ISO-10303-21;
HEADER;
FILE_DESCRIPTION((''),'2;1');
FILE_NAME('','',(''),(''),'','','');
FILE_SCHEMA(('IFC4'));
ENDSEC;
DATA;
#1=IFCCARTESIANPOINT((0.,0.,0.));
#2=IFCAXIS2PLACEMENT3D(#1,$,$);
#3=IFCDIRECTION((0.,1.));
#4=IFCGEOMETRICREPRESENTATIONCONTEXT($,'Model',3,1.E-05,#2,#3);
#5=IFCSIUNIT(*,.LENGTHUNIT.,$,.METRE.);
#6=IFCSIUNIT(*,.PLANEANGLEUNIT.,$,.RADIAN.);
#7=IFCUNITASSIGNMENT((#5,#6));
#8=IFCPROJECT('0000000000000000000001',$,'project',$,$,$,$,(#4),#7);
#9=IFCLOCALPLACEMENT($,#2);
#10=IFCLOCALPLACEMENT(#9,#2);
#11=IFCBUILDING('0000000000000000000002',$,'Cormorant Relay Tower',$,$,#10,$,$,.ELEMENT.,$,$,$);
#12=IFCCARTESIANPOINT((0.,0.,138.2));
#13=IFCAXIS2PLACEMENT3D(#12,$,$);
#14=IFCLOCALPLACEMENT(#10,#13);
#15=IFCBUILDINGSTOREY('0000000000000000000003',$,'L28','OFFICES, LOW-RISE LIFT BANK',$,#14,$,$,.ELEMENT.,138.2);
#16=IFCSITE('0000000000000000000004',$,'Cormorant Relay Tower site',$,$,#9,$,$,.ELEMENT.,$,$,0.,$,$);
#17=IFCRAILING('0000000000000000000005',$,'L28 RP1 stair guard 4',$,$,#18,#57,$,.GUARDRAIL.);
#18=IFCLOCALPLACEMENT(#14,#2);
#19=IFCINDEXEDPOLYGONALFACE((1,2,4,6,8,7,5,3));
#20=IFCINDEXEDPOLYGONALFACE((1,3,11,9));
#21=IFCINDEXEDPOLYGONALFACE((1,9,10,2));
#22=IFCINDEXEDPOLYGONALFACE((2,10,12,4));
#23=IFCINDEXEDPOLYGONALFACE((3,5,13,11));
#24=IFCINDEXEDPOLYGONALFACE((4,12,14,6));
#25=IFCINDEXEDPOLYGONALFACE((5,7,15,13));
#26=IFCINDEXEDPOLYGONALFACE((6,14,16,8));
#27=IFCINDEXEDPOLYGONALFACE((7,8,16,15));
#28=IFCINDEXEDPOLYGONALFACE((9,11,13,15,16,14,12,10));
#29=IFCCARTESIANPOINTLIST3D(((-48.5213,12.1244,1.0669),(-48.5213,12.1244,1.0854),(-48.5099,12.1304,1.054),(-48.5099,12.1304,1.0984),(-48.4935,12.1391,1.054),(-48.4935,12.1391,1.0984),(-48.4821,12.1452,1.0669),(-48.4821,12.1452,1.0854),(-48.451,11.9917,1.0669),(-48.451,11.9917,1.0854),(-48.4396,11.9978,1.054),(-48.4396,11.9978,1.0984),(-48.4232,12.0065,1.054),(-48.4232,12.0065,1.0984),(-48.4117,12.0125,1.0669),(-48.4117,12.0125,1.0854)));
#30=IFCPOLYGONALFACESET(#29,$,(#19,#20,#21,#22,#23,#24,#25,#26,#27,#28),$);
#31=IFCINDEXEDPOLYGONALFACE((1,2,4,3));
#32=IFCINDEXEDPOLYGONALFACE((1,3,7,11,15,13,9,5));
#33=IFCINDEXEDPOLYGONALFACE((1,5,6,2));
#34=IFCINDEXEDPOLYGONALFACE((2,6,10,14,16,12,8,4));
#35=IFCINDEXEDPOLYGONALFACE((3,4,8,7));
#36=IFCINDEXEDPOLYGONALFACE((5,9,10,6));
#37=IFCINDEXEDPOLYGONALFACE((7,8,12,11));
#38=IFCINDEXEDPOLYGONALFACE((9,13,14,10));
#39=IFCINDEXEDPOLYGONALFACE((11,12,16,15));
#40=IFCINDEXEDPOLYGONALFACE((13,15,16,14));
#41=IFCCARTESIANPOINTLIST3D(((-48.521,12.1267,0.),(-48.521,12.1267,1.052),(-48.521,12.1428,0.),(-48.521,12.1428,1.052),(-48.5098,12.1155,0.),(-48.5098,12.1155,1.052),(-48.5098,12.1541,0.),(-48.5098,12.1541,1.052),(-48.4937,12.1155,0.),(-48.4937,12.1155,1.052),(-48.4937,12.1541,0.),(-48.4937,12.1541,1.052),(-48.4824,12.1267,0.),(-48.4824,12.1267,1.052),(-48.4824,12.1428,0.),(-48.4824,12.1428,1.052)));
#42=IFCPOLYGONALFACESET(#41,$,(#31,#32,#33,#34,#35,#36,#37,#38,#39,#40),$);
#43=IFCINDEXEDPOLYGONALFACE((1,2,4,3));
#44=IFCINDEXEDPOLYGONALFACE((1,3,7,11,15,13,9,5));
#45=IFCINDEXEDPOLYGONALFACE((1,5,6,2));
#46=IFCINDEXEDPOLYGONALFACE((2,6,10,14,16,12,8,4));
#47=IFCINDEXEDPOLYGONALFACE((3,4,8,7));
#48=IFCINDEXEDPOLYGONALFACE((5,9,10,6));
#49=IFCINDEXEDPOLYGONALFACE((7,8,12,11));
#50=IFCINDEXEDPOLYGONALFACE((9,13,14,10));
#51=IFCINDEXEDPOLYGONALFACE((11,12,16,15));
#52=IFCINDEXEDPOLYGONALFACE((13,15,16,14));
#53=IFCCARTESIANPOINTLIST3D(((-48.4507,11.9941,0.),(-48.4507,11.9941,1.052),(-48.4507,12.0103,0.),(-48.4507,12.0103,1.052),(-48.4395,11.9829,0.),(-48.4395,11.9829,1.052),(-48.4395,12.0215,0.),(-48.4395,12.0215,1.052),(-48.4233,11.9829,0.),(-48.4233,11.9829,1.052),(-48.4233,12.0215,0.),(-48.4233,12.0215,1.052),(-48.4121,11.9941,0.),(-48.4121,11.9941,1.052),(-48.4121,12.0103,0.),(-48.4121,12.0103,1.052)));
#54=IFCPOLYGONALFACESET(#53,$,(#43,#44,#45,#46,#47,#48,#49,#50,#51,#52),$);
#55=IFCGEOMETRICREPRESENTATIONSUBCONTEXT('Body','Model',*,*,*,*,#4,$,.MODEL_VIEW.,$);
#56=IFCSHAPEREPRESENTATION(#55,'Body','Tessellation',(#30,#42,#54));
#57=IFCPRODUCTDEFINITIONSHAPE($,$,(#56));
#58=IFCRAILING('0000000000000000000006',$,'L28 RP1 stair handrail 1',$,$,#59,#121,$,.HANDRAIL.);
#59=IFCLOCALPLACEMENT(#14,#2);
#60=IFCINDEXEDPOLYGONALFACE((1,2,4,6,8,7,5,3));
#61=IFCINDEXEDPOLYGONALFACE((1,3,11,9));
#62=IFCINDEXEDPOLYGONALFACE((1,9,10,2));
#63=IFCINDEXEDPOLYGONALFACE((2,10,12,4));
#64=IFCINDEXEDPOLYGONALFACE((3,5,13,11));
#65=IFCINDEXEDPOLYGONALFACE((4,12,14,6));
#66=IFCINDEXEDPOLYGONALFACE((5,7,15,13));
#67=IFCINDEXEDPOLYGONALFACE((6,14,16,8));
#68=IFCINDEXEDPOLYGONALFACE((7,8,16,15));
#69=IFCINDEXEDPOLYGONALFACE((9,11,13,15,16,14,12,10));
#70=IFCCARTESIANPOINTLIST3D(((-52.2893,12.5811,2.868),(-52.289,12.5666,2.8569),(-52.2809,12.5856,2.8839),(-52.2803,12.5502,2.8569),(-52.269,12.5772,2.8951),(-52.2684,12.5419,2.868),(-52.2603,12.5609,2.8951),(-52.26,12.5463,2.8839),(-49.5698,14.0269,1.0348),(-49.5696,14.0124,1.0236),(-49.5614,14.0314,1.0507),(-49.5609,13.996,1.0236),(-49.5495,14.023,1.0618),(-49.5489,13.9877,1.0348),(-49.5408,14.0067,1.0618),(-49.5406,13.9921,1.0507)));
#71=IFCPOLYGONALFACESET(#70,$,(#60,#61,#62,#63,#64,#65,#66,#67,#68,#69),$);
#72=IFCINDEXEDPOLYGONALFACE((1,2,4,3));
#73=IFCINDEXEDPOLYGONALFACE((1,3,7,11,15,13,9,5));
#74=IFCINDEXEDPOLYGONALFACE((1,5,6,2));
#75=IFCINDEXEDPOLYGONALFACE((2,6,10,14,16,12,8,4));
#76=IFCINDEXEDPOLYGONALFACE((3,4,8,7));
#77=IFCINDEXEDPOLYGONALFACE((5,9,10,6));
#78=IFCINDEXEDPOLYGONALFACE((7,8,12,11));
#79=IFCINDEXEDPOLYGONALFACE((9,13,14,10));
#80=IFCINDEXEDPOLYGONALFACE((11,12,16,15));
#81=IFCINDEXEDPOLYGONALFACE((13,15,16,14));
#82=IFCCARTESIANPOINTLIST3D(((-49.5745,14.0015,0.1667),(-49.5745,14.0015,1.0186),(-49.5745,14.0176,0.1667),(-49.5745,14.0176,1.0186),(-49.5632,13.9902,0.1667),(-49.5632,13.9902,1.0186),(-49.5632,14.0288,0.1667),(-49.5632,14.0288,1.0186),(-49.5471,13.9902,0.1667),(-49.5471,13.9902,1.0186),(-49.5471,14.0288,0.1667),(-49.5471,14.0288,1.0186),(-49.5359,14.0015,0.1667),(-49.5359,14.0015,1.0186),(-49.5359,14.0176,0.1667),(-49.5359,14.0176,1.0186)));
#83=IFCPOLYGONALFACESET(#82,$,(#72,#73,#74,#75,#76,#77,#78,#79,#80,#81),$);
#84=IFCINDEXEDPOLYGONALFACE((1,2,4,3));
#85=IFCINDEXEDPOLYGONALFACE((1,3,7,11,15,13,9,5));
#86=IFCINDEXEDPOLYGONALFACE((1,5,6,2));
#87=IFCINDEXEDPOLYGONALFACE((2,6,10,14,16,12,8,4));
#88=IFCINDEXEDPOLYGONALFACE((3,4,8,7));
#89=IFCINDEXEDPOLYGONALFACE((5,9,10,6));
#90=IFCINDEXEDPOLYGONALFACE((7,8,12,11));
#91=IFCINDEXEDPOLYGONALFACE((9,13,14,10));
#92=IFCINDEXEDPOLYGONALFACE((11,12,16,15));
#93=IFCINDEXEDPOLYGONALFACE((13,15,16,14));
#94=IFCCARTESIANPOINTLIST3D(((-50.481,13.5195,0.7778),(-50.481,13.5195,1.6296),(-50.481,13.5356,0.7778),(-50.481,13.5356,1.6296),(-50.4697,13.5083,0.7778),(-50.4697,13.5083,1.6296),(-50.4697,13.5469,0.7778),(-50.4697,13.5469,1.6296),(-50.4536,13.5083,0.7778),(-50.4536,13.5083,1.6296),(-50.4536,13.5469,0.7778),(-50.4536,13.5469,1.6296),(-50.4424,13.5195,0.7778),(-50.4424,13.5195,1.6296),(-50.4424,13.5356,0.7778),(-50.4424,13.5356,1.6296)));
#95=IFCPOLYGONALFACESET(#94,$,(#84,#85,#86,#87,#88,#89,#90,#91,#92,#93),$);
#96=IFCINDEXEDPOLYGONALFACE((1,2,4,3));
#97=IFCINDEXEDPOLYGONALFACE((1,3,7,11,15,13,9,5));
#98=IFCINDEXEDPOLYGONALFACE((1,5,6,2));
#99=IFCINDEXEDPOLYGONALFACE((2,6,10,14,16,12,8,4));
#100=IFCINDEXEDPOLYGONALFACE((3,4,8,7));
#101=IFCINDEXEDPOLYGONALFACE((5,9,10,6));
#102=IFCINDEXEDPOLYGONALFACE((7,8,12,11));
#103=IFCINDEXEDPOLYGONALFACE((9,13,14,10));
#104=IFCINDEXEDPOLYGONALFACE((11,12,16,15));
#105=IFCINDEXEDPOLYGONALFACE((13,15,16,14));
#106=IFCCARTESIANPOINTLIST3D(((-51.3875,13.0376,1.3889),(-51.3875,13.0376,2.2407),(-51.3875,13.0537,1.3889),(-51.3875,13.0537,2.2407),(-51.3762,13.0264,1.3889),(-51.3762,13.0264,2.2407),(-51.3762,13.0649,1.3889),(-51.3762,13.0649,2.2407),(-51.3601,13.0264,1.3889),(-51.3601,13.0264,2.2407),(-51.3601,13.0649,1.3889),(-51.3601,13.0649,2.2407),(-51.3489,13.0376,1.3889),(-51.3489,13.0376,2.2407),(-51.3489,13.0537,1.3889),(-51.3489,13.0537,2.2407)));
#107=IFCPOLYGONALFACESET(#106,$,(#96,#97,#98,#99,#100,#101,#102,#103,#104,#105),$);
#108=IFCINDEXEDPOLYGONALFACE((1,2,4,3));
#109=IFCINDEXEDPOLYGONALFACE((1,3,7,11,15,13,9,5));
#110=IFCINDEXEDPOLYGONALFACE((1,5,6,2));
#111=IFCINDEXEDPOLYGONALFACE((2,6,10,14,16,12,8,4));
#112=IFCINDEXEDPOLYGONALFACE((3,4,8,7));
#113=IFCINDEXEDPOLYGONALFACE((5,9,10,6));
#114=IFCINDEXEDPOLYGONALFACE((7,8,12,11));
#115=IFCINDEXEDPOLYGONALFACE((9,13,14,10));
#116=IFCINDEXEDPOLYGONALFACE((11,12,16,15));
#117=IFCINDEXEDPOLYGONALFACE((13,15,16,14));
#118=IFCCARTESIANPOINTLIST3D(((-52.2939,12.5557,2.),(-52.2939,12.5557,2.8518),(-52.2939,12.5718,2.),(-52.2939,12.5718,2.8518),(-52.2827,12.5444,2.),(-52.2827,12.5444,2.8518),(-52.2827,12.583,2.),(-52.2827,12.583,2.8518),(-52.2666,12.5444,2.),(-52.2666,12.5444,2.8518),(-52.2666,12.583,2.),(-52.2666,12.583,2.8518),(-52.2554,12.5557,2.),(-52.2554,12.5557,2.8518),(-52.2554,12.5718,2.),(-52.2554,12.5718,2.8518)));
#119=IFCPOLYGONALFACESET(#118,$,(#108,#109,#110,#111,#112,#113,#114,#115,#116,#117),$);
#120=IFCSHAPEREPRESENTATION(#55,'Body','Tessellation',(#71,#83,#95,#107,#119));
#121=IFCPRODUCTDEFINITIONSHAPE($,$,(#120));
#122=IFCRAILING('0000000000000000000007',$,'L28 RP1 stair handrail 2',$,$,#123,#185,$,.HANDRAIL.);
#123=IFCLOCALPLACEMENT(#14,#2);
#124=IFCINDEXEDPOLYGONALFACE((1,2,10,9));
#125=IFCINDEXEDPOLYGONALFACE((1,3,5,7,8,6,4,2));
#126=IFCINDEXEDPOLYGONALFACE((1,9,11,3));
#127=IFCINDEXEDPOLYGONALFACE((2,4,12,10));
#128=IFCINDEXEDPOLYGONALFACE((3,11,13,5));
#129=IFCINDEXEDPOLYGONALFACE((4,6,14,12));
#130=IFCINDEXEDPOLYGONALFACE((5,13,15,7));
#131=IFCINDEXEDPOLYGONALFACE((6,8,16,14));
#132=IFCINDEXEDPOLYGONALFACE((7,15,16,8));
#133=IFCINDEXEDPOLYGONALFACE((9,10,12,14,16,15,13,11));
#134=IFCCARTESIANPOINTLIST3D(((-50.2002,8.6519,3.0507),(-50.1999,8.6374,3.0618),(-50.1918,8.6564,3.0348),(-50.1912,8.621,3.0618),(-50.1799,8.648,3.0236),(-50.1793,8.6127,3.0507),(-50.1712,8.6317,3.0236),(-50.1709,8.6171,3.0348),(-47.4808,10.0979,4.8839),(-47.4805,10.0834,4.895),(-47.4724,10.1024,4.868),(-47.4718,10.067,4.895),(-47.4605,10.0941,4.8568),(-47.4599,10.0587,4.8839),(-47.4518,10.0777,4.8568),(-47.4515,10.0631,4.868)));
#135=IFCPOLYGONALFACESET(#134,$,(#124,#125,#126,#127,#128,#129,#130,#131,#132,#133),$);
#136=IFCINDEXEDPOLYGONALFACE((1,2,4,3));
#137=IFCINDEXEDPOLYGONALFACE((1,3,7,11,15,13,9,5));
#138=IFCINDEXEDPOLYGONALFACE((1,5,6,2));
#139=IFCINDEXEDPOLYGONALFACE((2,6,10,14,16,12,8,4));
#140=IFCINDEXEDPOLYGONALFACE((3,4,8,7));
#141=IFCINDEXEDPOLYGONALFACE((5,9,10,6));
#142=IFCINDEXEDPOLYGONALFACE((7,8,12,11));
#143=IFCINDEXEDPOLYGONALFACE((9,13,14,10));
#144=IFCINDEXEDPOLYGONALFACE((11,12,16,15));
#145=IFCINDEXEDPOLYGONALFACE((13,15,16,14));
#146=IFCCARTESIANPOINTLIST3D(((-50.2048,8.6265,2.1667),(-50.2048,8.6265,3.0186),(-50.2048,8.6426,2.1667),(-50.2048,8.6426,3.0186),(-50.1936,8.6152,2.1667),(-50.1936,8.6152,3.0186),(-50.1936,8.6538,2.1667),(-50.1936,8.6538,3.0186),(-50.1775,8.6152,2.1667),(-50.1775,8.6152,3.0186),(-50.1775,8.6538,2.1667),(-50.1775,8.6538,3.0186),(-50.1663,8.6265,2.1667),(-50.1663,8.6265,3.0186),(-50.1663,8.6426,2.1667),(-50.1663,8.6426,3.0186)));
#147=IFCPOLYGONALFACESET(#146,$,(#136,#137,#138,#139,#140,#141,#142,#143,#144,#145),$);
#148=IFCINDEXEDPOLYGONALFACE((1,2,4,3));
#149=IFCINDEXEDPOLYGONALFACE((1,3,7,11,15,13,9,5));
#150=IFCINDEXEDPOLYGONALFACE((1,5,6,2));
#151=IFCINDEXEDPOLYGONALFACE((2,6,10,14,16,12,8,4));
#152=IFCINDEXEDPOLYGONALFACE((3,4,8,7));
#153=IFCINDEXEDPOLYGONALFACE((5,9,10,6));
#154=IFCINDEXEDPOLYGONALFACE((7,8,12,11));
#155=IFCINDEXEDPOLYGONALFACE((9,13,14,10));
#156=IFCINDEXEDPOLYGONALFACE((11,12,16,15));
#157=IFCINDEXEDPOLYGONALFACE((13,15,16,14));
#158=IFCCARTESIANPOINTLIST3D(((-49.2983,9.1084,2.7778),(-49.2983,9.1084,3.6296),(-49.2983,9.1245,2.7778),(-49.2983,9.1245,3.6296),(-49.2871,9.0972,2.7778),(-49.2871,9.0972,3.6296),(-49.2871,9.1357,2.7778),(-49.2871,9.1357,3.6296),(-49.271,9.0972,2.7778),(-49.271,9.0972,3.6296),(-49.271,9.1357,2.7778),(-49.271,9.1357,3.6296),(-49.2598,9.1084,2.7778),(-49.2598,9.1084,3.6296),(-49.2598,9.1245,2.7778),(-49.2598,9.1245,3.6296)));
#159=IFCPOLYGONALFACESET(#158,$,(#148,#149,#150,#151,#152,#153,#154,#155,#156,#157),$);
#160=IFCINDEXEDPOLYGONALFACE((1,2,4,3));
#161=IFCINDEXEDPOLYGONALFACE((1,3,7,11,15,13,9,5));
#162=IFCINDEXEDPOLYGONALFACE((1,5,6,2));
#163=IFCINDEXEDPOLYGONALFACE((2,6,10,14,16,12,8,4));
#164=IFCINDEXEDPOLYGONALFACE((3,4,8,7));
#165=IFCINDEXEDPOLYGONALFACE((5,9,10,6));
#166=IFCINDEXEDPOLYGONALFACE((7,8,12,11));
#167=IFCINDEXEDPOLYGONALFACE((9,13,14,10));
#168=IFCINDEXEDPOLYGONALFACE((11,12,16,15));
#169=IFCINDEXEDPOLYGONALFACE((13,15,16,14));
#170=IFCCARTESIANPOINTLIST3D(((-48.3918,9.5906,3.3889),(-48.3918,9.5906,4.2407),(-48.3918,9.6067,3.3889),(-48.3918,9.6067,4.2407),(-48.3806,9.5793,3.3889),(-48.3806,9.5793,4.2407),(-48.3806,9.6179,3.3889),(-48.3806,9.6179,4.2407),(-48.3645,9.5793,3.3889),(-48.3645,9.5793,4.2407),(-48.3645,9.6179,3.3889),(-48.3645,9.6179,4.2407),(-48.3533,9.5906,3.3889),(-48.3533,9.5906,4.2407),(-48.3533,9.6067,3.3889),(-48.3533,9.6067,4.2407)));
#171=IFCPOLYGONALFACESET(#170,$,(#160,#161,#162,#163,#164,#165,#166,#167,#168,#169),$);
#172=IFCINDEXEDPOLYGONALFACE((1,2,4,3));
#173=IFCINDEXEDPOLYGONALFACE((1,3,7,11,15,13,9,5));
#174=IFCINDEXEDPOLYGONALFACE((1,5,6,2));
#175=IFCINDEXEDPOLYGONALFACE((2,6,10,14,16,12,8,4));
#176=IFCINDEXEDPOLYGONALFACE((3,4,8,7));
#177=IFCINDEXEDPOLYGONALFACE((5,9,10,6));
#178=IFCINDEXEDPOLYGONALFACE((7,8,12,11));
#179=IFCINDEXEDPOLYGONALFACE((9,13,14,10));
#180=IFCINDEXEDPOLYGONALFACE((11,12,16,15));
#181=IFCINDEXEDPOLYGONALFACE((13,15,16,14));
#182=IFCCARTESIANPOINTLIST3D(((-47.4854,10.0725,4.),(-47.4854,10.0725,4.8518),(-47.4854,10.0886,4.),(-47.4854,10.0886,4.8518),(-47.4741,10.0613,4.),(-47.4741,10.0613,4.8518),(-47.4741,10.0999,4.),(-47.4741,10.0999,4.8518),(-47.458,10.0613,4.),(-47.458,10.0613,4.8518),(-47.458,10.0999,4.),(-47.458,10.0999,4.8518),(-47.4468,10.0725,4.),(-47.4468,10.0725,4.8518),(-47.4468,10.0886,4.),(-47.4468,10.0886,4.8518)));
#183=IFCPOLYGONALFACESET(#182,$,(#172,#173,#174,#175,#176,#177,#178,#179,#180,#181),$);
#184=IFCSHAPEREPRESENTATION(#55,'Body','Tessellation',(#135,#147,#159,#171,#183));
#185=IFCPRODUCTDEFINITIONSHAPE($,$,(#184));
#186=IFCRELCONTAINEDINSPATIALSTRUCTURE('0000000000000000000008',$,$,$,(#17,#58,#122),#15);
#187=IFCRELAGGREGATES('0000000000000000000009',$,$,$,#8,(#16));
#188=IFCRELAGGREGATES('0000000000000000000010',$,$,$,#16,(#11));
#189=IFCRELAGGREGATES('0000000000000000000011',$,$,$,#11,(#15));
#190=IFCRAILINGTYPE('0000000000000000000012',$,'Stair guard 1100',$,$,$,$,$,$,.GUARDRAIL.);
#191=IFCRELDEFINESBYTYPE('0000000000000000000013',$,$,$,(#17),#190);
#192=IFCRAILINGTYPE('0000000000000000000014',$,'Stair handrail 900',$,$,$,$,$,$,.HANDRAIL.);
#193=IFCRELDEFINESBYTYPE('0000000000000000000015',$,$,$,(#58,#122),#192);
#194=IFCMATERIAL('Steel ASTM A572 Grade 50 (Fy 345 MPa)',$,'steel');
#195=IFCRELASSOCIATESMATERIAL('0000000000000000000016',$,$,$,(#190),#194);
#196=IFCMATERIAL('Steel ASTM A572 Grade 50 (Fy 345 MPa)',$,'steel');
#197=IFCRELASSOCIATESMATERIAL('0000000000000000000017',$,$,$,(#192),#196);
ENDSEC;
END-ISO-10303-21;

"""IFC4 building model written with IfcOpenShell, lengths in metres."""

from ifc_helpers import new_model, si_unit, direction, frame, origin, place, context, subcontext, project, spatial, polyline, outline, extrude, material, type_object, element, save


model = new_model("IFC4")

# Units and contexts
model_context = context("Model", 3, precision=1e-05, world=origin(), true_north=direction((0.0, 1.0)))
body_context = subcontext(model_context, "Body", "Model", "MODEL_VIEW")
ifc_project = project(units=[si_unit("LENGTHUNIT", "METRE"), si_unit("PLANEANGLEUNIT", "RADIAN")], contexts=[model_context])

# Site, building, storey
site_placement = place(None, origin())
site = spatial("IfcSite", under=ifc_project, at=site_placement, Name="Cormorant Relay Tower site", CompositionType="ELEMENT", RefElevation=0.0)
building_placement = place(site_placement, origin())
building = spatial("IfcBuilding", under=site, at=building_placement, Name="Cormorant Relay Tower", CompositionType="ELEMENT")
storey_placement = place(building_placement, frame((0.0, 0.0, 138.2)))
storey = spatial("IfcBuildingStorey", under=building, at=storey_placement, Name="L28", Description="OFFICES, LOW-RISE LIFT BANK", CompositionType="ELEMENT", Elevation=138.2)

# Railings
ifc_material_1 = material(Name="Steel ASTM A572 Grade 50 (Fy 345 MPa)", Category="steel")
railing_type_1 = type_object("IfcRailingType", Name="Stair guard 1100", PredefinedType="GUARDRAIL", material=ifc_material_1)
railing_1_placement = place(storey_placement, frame((-48.5017, 12.1348, 0.0)))
element("IfcRailing", 1, at=railing_1_placement, inside=storey, type_object=railing_type_1, Name="L28 RP1 stair guard 4", PredefinedType="GUARDRAIL", context=body_context, shape_type="SweptSolid", body=[
    extrude(outline(polyline([(0.0222, 0.0093), (0.0093, 0.0222), (-0.0093, 0.0222), (-0.0222, 0.0093), (-0.0222, -0.0093), (-0.0093, -0.0222), (0.0093, -0.0222), (0.0222, -0.0093), (0.0222, 0.0093)])), frame((0.0, 0.0, 1.0762), z_axis=(0.46856, -0.883431, 0.0), x_axis=(0.883431, 0.46856, 0.0)), (0.0, 0.0, 1.0), 0.1501),
    extrude(outline(polyline([(0.0193, 0.0081), (0.0081, 0.0193), (-0.0081, 0.0193), (-0.0193, 0.0081), (-0.0193, -0.0081), (-0.0081, -0.0193), (0.0081, -0.0193), (0.0193, -0.0081), (0.0193, 0.0081)])), origin(), (0.0, 0.0, 1.0), 1.052),
    extrude(outline(polyline([(0.0193, 0.0081), (0.0081, 0.0193), (-0.0081, 0.0193), (-0.0193, 0.0081), (-0.0193, -0.0081), (-0.0081, -0.0193), (0.0081, -0.0193), (0.0193, -0.0081), (0.0193, 0.0081)])), frame((0.0703, -0.1326, 0.0)), (0.0, 0.0, 1.0), 1.052),
])
ifc_material_2 = material(Name="Steel ASTM A572 Grade 50 (Fy 345 MPa)", Category="steel")
railing_type_2 = type_object("IfcRailingType", Name="Stair handrail 900", PredefinedType="HANDRAIL", material=ifc_material_2)
railing_2_placement = place(storey_placement, frame((-49.5552, 14.0095, 0.1667)))
element("IfcRailing", 2, at=railing_2_placement, inside=storey, type_object=railing_type_2, Name="L28 RP1 stair handrail 1", PredefinedType="HANDRAIL", context=body_context, shape_type="SweptSolid", body=[
    extrude(outline(polyline([(0.0222, 0.0093), (0.0093, 0.0222), (-0.0093, 0.0222), (-0.0222, 0.0093), (-0.0222, -0.0093), (-0.0093, -0.0222), (0.0093, -0.0222), (0.0222, -0.0093), (0.0222, 0.0093)])), frame((0.0, 0.0, 0.876), z_axis=(-0.758735, -0.403378, 0.511477), x_axis=(0.469428, -0.882971, 0.0)), (0.0, 0.0, 1.0), 3.5842),
    extrude(outline(polyline([(0.0193, 0.0081), (0.0081, 0.0193), (-0.0081, 0.0193), (-0.0193, 0.0081), (-0.0193, -0.0081), (-0.0081, -0.0193), (0.0081, -0.0193), (0.0193, -0.0081), (0.0193, 0.0081)])), origin(), (0.0, 0.0, 1.0), 0.8518),
    extrude(outline(polyline([(0.0193, 0.0081), (0.0081, 0.0193), (-0.0081, 0.0193), (-0.0193, 0.0081), (-0.0193, -0.0081), (-0.0081, -0.0193), (0.0081, -0.0193), (0.0193, -0.0081), (0.0193, 0.0081)])), frame((-0.9065, -0.4819, 0.6111)), (0.0, 0.0, 1.0), 0.8518),
    extrude(outline(polyline([(0.0193, 0.0081), (0.0081, 0.0193), (-0.0081, 0.0193), (-0.0193, 0.0081), (-0.0193, -0.0081), (-0.0081, -0.0193), (0.0081, -0.0193), (0.0193, -0.0081), (0.0193, 0.0081)])), frame((-1.813, -0.9639, 1.2222)), (0.0, 0.0, 1.0), 0.8518),
    extrude(outline(polyline([(0.0193, 0.0081), (0.0081, 0.0193), (-0.0081, 0.0193), (-0.0193, 0.0081), (-0.0193, -0.0081), (-0.0081, -0.0193), (0.0081, -0.0193), (0.0193, -0.0081), (0.0193, 0.0081)])), frame((-2.7195, -1.4458, 1.8333)), (0.0, 0.0, 1.0), 0.8518),
])
railing_3_placement = place(storey_placement, frame((-50.1855, 8.6345, 2.1667)))
element("IfcRailing", 3, at=railing_3_placement, inside=storey, type_object=railing_type_2, Name="L28 RP1 stair handrail 2", PredefinedType="HANDRAIL", context=body_context, shape_type="SweptSolid", body=[
    extrude(outline(polyline([(0.0222, 0.0093), (0.0093, 0.0222), (-0.0093, 0.0222), (-0.0222, 0.0093), (-0.0222, -0.0093), (-0.0093, -0.0222), (0.0093, -0.0222), (0.0222, -0.0093), (0.0222, 0.0093)])), frame((0.0, 0.0, 0.876), z_axis=(0.758714, 0.403435, 0.511463), x_axis=(-0.469489, 0.882938, 0.0)), (0.0, 0.0, 1.0), 3.5842),
    extrude(outline(polyline([(0.0193, 0.0081), (0.0081, 0.0193), (-0.0081, 0.0193), (-0.0193, 0.0081), (-0.0193, -0.0081), (-0.0081, -0.0193), (0.0081, -0.0193), (0.0193, -0.0081), (0.0193, 0.0081)])), origin(), (0.0, 0.0, 1.0), 0.8518),
    extrude(outline(polyline([(0.0193, 0.0081), (0.0081, 0.0193), (-0.0081, 0.0193), (-0.0193, 0.0081), (-0.0193, -0.0081), (-0.0081, -0.0193), (0.0081, -0.0193), (0.0193, -0.0081), (0.0193, 0.0081)])), frame((0.9065, 0.4819, 0.6111)), (0.0, 0.0, 1.0), 0.8518),
    extrude(outline(polyline([(0.0193, 0.0081), (0.0081, 0.0193), (-0.0081, 0.0193), (-0.0193, 0.0081), (-0.0193, -0.0081), (-0.0081, -0.0193), (0.0081, -0.0193), (0.0193, -0.0081), (0.0193, 0.0081)])), frame((1.813, 0.9641, 1.2222)), (0.0, 0.0, 1.0), 0.8518),
    extrude(outline(polyline([(0.0193, 0.0081), (0.0081, 0.0193), (-0.0081, 0.0193), (-0.0193, 0.0081), (-0.0193, -0.0081), (-0.0081, -0.0193), (0.0081, -0.0193), (0.0193, -0.0081), (0.0193, 0.0081)])), frame((2.7195, 1.446, 1.8333)), (0.0, 0.0, 1.0), 0.8518),
])

save(model, "model.ifc")
